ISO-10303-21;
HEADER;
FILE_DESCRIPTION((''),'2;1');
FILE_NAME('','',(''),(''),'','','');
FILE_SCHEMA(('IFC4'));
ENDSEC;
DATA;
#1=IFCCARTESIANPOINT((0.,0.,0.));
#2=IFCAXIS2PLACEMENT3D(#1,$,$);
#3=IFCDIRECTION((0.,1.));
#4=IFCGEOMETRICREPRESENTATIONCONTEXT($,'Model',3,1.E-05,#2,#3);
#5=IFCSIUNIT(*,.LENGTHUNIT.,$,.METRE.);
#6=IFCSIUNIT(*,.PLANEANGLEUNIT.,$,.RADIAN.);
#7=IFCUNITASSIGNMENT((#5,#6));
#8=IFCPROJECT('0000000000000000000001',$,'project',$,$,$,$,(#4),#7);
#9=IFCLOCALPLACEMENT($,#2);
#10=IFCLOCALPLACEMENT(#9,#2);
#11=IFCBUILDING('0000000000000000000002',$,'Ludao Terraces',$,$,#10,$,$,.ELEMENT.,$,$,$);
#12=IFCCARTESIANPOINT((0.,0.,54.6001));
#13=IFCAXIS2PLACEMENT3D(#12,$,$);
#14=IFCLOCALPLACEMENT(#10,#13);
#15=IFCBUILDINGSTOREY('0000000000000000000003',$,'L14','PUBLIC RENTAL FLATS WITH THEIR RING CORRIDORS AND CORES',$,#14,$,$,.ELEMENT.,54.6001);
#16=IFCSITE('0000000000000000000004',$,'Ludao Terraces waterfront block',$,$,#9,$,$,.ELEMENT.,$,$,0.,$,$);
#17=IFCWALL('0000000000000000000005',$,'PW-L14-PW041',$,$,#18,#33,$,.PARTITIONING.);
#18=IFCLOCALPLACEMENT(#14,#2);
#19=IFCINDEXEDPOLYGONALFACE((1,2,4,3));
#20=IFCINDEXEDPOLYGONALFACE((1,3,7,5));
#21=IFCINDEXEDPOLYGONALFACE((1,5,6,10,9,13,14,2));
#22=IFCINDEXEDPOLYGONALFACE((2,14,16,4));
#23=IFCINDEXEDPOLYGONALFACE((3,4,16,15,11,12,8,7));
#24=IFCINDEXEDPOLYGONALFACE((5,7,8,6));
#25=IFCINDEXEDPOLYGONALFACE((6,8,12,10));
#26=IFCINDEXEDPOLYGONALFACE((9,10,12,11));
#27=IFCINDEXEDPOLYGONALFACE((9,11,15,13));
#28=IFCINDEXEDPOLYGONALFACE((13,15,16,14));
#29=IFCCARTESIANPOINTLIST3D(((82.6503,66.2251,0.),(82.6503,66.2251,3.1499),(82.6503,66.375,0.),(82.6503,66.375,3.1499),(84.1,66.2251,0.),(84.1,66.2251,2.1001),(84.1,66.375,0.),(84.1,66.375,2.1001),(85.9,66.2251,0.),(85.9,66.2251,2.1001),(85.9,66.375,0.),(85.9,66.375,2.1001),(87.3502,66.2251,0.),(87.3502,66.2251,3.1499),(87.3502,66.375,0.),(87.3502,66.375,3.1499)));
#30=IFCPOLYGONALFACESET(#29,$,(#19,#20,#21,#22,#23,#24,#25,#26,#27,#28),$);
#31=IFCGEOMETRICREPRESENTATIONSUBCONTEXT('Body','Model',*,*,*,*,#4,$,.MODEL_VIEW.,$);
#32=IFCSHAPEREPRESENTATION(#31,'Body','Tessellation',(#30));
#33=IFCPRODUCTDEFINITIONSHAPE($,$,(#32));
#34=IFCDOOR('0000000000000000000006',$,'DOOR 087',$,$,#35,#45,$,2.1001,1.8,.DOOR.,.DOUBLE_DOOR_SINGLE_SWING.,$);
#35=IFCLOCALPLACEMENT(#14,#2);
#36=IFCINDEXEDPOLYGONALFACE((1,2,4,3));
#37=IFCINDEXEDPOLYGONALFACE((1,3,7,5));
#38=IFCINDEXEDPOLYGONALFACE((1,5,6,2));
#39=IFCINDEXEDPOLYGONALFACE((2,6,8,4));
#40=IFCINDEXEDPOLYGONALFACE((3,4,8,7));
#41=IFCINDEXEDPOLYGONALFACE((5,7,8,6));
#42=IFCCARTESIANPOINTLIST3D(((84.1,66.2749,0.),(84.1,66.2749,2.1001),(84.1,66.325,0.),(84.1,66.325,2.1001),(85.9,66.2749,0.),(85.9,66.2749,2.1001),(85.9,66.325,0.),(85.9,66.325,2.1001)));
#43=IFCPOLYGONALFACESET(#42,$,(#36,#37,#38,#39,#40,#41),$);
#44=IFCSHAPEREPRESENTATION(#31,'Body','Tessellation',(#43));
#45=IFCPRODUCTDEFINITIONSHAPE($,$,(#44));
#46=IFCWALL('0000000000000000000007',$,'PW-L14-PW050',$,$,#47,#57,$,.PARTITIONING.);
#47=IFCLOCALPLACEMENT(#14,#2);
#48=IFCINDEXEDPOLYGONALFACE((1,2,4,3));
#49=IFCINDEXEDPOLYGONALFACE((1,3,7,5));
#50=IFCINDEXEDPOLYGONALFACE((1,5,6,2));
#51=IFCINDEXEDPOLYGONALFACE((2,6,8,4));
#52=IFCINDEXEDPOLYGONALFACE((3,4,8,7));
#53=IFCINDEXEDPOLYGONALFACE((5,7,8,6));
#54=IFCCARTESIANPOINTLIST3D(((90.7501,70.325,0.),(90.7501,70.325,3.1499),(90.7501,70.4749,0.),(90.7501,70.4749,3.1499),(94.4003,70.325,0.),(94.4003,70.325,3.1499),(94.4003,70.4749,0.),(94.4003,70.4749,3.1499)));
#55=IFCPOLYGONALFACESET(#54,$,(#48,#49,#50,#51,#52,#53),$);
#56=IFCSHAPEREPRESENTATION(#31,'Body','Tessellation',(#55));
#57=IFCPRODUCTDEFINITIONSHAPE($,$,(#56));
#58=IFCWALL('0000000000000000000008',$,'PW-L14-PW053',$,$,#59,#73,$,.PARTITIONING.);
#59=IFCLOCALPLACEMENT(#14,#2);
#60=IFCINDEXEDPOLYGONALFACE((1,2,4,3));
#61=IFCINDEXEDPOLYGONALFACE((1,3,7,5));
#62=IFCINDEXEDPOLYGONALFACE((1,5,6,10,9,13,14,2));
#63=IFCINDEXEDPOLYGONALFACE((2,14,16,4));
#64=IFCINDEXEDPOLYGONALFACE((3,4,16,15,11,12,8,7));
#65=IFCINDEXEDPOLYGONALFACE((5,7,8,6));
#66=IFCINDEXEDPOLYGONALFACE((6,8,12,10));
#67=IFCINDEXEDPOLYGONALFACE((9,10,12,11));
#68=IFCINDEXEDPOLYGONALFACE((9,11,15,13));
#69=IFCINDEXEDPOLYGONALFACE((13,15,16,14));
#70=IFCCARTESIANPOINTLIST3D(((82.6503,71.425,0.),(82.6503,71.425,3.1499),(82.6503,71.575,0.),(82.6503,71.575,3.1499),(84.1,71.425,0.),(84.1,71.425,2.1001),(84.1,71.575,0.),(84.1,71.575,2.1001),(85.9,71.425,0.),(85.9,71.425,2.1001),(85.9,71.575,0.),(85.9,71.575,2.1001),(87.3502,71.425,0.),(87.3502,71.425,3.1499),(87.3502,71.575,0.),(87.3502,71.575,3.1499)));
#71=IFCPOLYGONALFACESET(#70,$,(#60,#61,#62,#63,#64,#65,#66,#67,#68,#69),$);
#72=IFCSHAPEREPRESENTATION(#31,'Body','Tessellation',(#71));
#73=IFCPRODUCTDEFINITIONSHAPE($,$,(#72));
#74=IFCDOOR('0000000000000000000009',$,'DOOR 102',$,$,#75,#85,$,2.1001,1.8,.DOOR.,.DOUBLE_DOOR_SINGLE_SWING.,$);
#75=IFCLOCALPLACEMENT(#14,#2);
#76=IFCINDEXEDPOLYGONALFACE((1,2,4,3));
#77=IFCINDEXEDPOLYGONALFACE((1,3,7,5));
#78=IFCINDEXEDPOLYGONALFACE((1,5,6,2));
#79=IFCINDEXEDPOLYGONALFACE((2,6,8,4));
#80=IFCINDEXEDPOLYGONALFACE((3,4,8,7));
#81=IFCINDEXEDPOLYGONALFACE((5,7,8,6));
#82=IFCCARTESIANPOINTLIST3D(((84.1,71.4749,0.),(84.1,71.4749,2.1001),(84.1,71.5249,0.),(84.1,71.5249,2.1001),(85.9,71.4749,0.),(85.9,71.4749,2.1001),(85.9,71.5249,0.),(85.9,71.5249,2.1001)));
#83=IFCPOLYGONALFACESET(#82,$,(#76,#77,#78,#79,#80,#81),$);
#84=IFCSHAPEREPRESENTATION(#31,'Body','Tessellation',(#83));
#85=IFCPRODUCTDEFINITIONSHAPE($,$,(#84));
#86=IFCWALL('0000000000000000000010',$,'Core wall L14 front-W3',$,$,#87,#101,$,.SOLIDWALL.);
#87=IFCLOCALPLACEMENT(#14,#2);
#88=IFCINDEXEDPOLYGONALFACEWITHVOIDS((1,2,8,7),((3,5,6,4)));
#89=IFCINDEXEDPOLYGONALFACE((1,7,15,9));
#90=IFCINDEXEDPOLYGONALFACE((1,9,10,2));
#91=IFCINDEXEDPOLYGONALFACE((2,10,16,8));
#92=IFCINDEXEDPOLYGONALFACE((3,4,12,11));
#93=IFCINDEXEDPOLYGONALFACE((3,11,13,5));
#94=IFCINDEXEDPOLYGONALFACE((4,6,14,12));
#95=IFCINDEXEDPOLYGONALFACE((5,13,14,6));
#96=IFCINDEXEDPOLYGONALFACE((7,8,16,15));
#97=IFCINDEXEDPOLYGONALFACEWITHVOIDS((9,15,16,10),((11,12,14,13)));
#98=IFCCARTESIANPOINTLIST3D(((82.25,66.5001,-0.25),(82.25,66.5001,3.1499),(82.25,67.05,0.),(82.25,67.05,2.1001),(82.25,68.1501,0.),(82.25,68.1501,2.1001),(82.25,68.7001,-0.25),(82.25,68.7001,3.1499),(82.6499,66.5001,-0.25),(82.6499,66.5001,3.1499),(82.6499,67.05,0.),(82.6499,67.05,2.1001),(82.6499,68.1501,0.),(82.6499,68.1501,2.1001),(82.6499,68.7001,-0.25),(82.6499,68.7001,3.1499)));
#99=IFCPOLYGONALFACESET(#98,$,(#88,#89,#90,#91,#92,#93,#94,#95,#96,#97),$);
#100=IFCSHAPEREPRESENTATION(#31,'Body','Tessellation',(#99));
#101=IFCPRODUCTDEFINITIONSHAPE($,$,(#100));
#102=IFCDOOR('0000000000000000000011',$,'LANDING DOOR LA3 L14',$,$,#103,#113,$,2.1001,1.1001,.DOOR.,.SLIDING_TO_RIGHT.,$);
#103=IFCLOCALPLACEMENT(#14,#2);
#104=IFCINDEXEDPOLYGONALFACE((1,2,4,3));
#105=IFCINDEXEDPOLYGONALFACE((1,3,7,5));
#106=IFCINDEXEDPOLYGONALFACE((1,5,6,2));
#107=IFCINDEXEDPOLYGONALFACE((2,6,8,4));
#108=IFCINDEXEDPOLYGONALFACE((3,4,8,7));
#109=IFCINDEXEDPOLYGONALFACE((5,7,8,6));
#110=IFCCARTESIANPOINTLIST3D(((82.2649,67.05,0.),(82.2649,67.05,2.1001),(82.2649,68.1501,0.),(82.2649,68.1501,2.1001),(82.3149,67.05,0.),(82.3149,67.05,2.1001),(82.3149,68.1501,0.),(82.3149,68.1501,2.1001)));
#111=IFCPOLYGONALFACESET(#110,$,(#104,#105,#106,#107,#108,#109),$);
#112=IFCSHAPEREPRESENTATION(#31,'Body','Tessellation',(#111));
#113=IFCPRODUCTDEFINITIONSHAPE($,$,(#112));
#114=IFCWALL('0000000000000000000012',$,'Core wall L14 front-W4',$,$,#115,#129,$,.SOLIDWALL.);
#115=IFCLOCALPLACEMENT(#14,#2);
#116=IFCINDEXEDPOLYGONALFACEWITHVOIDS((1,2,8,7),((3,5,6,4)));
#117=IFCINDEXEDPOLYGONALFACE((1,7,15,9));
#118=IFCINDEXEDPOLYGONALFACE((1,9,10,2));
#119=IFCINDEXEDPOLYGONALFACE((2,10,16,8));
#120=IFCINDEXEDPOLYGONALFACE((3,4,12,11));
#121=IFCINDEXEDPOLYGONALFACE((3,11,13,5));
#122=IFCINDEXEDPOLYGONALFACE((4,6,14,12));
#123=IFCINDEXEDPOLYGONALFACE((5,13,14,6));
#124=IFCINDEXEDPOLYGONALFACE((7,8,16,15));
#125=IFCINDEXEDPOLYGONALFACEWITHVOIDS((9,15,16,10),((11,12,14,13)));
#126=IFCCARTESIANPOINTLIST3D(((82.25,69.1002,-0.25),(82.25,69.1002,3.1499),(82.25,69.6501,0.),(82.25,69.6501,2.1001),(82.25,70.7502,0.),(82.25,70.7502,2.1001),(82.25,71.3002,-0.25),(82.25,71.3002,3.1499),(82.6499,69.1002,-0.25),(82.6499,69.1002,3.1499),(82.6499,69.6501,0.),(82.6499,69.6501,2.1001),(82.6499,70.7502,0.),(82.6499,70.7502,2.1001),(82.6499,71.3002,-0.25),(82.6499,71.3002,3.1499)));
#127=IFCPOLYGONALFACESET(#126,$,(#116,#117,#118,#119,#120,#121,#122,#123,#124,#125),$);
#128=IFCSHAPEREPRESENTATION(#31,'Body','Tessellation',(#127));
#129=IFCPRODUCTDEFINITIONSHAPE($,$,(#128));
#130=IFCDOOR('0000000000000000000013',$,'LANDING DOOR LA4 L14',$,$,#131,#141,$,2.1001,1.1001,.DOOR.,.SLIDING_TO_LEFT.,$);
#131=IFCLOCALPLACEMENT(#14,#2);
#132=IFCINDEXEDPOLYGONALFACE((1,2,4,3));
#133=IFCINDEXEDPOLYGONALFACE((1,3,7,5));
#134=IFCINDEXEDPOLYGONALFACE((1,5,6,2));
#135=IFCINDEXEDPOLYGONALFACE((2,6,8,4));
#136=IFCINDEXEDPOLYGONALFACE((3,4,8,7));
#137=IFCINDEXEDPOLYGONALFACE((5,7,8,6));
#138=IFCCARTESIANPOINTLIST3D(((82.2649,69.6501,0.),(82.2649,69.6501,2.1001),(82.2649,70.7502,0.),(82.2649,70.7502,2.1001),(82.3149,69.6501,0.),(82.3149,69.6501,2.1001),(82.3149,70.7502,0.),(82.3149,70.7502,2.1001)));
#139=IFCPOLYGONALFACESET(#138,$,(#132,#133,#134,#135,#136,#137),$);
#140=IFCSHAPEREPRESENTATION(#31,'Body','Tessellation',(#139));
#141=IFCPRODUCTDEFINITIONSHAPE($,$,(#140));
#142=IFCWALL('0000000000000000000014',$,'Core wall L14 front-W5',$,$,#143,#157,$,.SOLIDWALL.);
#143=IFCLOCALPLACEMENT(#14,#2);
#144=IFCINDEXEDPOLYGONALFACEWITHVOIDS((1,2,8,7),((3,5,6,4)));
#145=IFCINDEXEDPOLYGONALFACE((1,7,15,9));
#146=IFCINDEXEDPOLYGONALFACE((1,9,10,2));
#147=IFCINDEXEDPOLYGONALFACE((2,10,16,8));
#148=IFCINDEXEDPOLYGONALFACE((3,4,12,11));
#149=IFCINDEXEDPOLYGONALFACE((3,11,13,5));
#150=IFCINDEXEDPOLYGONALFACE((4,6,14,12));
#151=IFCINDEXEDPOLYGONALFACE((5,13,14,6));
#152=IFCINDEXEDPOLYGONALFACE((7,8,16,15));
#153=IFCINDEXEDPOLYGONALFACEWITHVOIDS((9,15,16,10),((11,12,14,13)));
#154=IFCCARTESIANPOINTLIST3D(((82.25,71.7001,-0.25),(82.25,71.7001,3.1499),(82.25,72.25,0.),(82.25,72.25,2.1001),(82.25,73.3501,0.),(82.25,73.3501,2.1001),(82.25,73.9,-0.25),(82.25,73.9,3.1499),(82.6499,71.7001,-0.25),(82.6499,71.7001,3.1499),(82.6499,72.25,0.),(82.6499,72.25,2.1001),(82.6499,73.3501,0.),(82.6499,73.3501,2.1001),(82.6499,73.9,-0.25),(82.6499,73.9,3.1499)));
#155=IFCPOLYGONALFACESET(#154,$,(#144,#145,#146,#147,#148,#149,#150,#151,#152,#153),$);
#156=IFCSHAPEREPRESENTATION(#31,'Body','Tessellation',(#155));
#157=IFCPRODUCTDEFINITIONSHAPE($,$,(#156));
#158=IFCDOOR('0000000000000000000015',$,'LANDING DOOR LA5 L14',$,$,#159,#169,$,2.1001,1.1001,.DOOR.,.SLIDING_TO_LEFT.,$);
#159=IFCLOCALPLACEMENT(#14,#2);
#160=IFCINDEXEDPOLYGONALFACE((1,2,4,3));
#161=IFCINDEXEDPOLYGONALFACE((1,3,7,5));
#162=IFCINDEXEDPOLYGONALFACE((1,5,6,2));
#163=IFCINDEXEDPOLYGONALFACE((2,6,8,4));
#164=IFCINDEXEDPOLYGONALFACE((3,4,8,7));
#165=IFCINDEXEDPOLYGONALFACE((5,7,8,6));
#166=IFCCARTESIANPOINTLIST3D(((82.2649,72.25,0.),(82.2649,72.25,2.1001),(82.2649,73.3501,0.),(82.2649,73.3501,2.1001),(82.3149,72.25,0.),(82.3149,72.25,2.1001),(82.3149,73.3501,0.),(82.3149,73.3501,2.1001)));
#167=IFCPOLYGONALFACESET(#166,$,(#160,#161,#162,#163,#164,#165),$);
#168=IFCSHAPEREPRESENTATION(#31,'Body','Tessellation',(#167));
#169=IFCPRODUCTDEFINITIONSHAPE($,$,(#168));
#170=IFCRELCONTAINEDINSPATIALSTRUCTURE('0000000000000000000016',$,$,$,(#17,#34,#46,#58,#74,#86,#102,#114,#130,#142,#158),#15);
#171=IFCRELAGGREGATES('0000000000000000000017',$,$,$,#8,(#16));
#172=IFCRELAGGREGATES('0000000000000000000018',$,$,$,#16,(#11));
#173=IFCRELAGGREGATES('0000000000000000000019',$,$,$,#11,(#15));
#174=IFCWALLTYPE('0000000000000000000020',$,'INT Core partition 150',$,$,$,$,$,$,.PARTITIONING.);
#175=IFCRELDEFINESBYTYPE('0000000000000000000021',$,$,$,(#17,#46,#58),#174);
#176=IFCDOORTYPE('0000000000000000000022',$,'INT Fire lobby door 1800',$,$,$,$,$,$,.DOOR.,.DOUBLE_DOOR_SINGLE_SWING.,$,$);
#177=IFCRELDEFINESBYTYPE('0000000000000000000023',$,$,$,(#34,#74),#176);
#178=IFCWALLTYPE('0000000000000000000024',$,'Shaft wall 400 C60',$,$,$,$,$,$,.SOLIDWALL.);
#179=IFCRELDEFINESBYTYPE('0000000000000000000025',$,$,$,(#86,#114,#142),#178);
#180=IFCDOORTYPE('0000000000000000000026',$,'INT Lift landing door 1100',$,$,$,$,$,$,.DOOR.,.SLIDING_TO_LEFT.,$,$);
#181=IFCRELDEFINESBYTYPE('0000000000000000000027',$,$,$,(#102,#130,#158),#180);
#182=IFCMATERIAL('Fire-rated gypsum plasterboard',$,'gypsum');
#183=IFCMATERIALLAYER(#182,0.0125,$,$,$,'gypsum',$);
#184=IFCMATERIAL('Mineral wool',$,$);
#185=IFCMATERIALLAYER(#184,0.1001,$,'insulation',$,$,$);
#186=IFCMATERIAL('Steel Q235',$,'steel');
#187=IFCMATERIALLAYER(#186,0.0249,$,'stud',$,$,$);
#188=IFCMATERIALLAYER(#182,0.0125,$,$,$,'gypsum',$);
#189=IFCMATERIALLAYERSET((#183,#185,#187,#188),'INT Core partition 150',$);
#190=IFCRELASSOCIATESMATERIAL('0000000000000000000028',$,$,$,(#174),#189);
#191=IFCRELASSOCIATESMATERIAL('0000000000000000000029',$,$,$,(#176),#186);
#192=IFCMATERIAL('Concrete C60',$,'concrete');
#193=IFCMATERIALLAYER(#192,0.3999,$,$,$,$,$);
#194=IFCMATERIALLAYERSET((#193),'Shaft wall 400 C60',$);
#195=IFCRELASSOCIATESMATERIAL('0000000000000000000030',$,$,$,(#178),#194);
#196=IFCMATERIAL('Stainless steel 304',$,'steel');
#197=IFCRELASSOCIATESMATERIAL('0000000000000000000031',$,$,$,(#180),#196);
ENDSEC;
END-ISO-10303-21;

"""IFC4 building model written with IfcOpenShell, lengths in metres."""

from ifc_helpers import new_model, si_unit, direction, frame, frame_2d, origin, place, context, subcontext, project, spatial, rectangle, extrude, material, layer, layer_set, type_object, element, fill, save


model = new_model("IFC4")

# Units and contexts
model_context = context("Model", 3, precision=1e-05, world=origin(), true_north=direction((0.0, 1.0)))
body_context = subcontext(model_context, "Body", "Model", "MODEL_VIEW")
ifc_project = project(units=[si_unit("LENGTHUNIT", "METRE"), si_unit("PLANEANGLEUNIT", "RADIAN")], contexts=[model_context])

# Site, building, storey
site_placement = place(None, origin())
site = spatial("IfcSite", under=ifc_project, at=site_placement, Name="Ludao Terraces waterfront block", CompositionType="ELEMENT", RefElevation=0.0)
building_placement = place(site_placement, origin())
building = spatial("IfcBuilding", under=site, at=building_placement, Name="Ludao Terraces", CompositionType="ELEMENT")
storey_placement = place(building_placement, frame((0.0, 0.0, 54.6001)))
storey = spatial("IfcBuildingStorey", under=building, at=storey_placement, Name="L14", Description="PUBLIC RENTAL FLATS WITH THEIR RING CORRIDORS AND CORES", CompositionType="ELEMENT", Elevation=54.6001)

# Wall, opening, door
ifc_material_1 = material(Name="Fire-rated gypsum plasterboard", Category="gypsum")
ifc_layer_1 = layer(ifc_material_1, 0.0125, Category="gypsum")
ifc_material_2 = material(Name="Mineral wool")
ifc_layer_2 = layer(ifc_material_2, 0.1001, Name="insulation")
ifc_material_3 = material(Name="Steel Q235", Category="steel")
ifc_layer_3 = layer(ifc_material_3, 0.0249, Name="stud")
ifc_layer_4 = layer(ifc_material_1, 0.0125, Category="gypsum")
ifc_layer_set_1 = layer_set([ifc_layer_1, ifc_layer_2, ifc_layer_3, ifc_layer_4], Name="INT Core partition 150")
wall_type_1 = type_object("IfcWallType", Name="INT Core partition 150", PredefinedType="PARTITIONING", material=ifc_layer_set_1)
wall_1_placement = place(storey_placement, frame((82.6501, 66.3, 0.0), z_axis=(0.0, 0.0, 1.0), x_axis=(1.0, 0.0, 0.0)))
wall_1 = element("IfcWall", 1, at=wall_1_placement, inside=storey, type_object=wall_type_1, Name="PW-L14-PW041", PredefinedType="PARTITIONING", context=body_context, shape_type="SweptSolid", body=[
    extrude(rectangle(XDim=4.7, YDim=0.1499, at=frame_2d((2.3501, 0.0))), origin(), (0.0, 0.0, 1.0), 3.1499),
])
opening_1_placement = place(wall_1_placement, frame((1.45, 0.0, 0.0)))
opening_1 = element("IfcOpeningElement", 2, at=opening_1_placement, cuts=wall_1, PredefinedType="OPENING", context=body_context, shape_type="SweptSolid", body=[
    extrude(rectangle(XDim=1.8, YDim=2.1001, at=frame_2d((0.8999, 1.05))), frame((0.0, 0.085, 0.0), z_axis=(0.0, -1.0, 0.0), x_axis=(1.0, 0.0, 0.0)), (0.0, 0.0, 1.0), 0.1699),
])
door_type_1 = type_object("IfcDoorType", Name="INT Fire lobby door 1800", OperationType="DOUBLE_DOOR_SINGLE_SWING", PredefinedType="DOOR", material=ifc_material_3)
door_1_placement = place(opening_1_placement, origin())
door_1 = element("IfcDoor", 3, at=door_1_placement, inside=storey, type_object=door_type_1, Name="DOOR 087", OperationType="DOUBLE_DOOR_SINGLE_SWING", OverallHeight=2.1001, OverallWidth=1.8, PredefinedType="DOOR", context=body_context, shape_type="SweptSolid", body=[
    extrude(rectangle(XDim=1.8, YDim=2.1001, at=frame_2d((0.8999, 1.05))), frame((0.0, 0.0249, 0.0), z_axis=(0.0, -1.0, 0.0), x_axis=(1.0, 0.0, 0.0)), (0.0, 0.0, 1.0), 0.05),
])
fill(opening_1, door_1)

# Wall
wall_2_placement = place(storey_placement, frame((90.75, 70.3999, 0.0), z_axis=(0.0, 0.0, 1.0), x_axis=(1.0, 0.0, 0.0)))
element("IfcWall", 4, at=wall_2_placement, inside=storey, type_object=wall_type_1, Name="PW-L14-PW050", PredefinedType="PARTITIONING", context=body_context, shape_type="SweptSolid", body=[
    extrude(rectangle(XDim=3.6501, YDim=0.1499, at=frame_2d((1.8252, 0.0))), origin(), (0.0, 0.0, 1.0), 3.1499),
])

# Walls, openings, doors
wall_3_placement = place(storey_placement, frame((82.6501, 71.5, 0.0), z_axis=(0.0, 0.0, 1.0), x_axis=(1.0, 0.0, 0.0)))
wall_3 = element("IfcWall", 5, at=wall_3_placement, inside=storey, type_object=wall_type_1, Name="PW-L14-PW053", PredefinedType="PARTITIONING", context=body_context, shape_type="SweptSolid", body=[
    extrude(rectangle(XDim=4.7, YDim=0.1499, at=frame_2d((2.3501, 0.0))), origin(), (0.0, 0.0, 1.0), 3.1499),
])
opening_2_placement = place(wall_3_placement, frame((1.45, 0.0, 0.0)))
opening_2 = element("IfcOpeningElement", 6, at=opening_2_placement, cuts=wall_3, PredefinedType="OPENING", context=body_context, shape_type="SweptSolid", body=[
    extrude(rectangle(XDim=1.8, YDim=2.1001, at=frame_2d((0.8999, 1.05))), frame((0.0, 0.085, 0.0), z_axis=(0.0, -1.0, 0.0), x_axis=(1.0, 0.0, 0.0)), (0.0, 0.0, 1.0), 0.1699),
])
door_2_placement = place(opening_2_placement, origin())
door_2 = element("IfcDoor", 7, at=door_2_placement, inside=storey, type_object=door_type_1, Name="DOOR 102", OperationType="DOUBLE_DOOR_SINGLE_SWING", OverallHeight=2.1001, OverallWidth=1.8, PredefinedType="DOOR", context=body_context, shape_type="SweptSolid", body=[
    extrude(rectangle(XDim=1.8, YDim=2.1001, at=frame_2d((0.8999, 1.05))), frame((0.0, 0.0249, 0.0), z_axis=(0.0, -1.0, 0.0), x_axis=(1.0, 0.0, 0.0)), (0.0, 0.0, 1.0), 0.05),
])
fill(opening_2, door_2)
ifc_material_4 = material(Name="Concrete C60", Category="concrete")
ifc_layer_5 = layer(ifc_material_4, 0.3999)
ifc_layer_set_2 = layer_set([ifc_layer_5], Name="Shaft wall 400 C60")
wall_type_2 = type_object("IfcWallType", Name="Shaft wall 400 C60", PredefinedType="SOLIDWALL", material=ifc_layer_set_2)
wall_4_placement = place(storey_placement, frame((82.45, 66.5, -0.25), z_axis=(0.0, 0.0, 1.0), x_axis=(0.0, 1.0, 0.0)))
wall_4 = element("IfcWall", 8, at=wall_4_placement, inside=storey, type_object=wall_type_2, Name="Core wall L14 front-W3", PredefinedType="SOLIDWALL", context=body_context, shape_type="SweptSolid", body=[
    extrude(rectangle(XDim=2.2, YDim=0.3999, at=frame_2d((1.1001, 0.0))), origin(), (0.0, 0.0, 1.0), 3.3999),
])
opening_3_placement = place(wall_4_placement, frame((0.55, 0.0, 0.25)))
opening_3 = element("IfcOpeningElement", 9, at=opening_3_placement, cuts=wall_4, PredefinedType="OPENING", context=body_context, shape_type="SweptSolid", body=[
    extrude(rectangle(XDim=1.1001, YDim=2.1001, at=frame_2d((0.55, 1.05))), frame((0.0, 0.21, 0.0), z_axis=(0.0, -1.0, 0.0), x_axis=(1.0, 0.0, 0.0)), (0.0, 0.0, 1.0), 0.4199),
])
ifc_material_5 = material(Name="Stainless steel 304", Category="steel")
door_type_2 = type_object("IfcDoorType", Name="INT Lift landing door 1100", OperationType="SLIDING_TO_LEFT", PredefinedType="DOOR", material=ifc_material_5)
door_3_placement = place(opening_3_placement, origin())
door_3 = element("IfcDoor", 10, at=door_3_placement, inside=storey, type_object=door_type_2, Name="LANDING DOOR LA3 L14", OperationType="SLIDING_TO_RIGHT", OverallHeight=2.1001, OverallWidth=1.1001, PredefinedType="DOOR", context=body_context, shape_type="SweptSolid", body=[
    extrude(rectangle(XDim=1.1001, YDim=2.1001, at=frame_2d((0.55, 1.05))), frame((0.0, 0.1851, 0.0), z_axis=(0.0, -1.0, 0.0), x_axis=(1.0, 0.0, 0.0)), (0.0, 0.0, 1.0), 0.05),
])
fill(opening_3, door_3)
wall_5_placement = place(storey_placement, frame((82.45, 69.1001, -0.25), z_axis=(0.0, 0.0, 1.0), x_axis=(0.0, 1.0, 0.0)))
wall_5 = element("IfcWall", 11, at=wall_5_placement, inside=storey, type_object=wall_type_2, Name="Core wall L14 front-W4", PredefinedType="SOLIDWALL", context=body_context, shape_type="SweptSolid", body=[
    extrude(rectangle(XDim=2.2, YDim=0.3999, at=frame_2d((1.1001, 0.0))), origin(), (0.0, 0.0, 1.0), 3.3999),
])
opening_4_placement = place(wall_5_placement, frame((0.55, 0.0, 0.25)))
opening_4 = element("IfcOpeningElement", 12, at=opening_4_placement, cuts=wall_5, PredefinedType="OPENING", context=body_context, shape_type="SweptSolid", body=[
    extrude(rectangle(XDim=1.1001, YDim=2.1001, at=frame_2d((0.55, 1.05))), frame((0.0, 0.21, 0.0), z_axis=(0.0, -1.0, 0.0), x_axis=(1.0, 0.0, 0.0)), (0.0, 0.0, 1.0), 0.4199),
])
door_4_placement = place(opening_4_placement, origin())
door_4 = element("IfcDoor", 13, at=door_4_placement, inside=storey, type_object=door_type_2, Name="LANDING DOOR LA4 L14", OperationType="SLIDING_TO_LEFT", OverallHeight=2.1001, OverallWidth=1.1001, PredefinedType="DOOR", context=body_context, shape_type="SweptSolid", body=[
    extrude(rectangle(XDim=1.1001, YDim=2.1001, at=frame_2d((0.55, 1.05))), frame((0.0, 0.1851, 0.0), z_axis=(0.0, -1.0, 0.0), x_axis=(1.0, 0.0, 0.0)), (0.0, 0.0, 1.0), 0.05),
])
fill(opening_4, door_4)
wall_6_placement = place(storey_placement, frame((82.45, 71.7, -0.25), z_axis=(0.0, 0.0, 1.0), x_axis=(0.0, 1.0, 0.0)))
wall_6 = element("IfcWall", 14, at=wall_6_placement, inside=storey, type_object=wall_type_2, Name="Core wall L14 front-W5", PredefinedType="SOLIDWALL", context=body_context, shape_type="SweptSolid", body=[
    extrude(rectangle(XDim=2.2, YDim=0.3999, at=frame_2d((1.1001, 0.0))), origin(), (0.0, 0.0, 1.0), 3.3999),
])
opening_5_placement = place(wall_6_placement, frame((0.55, 0.0, 0.25)))
opening_5 = element("IfcOpeningElement", 15, at=opening_5_placement, cuts=wall_6, PredefinedType="OPENING", context=body_context, shape_type="SweptSolid", body=[
    extrude(rectangle(XDim=1.1001, YDim=2.1001, at=frame_2d((0.55, 1.05))), frame((0.0, 0.21, 0.0), z_axis=(0.0, -1.0, 0.0), x_axis=(1.0, 0.0, 0.0)), (0.0, 0.0, 1.0), 0.4199),
])
door_5_placement = place(opening_5_placement, origin())
door_5 = element("IfcDoor", 16, at=door_5_placement, inside=storey, type_object=door_type_2, Name="LANDING DOOR LA5 L14", OperationType="SLIDING_TO_LEFT", OverallHeight=2.1001, OverallWidth=1.1001, PredefinedType="DOOR", context=body_context, shape_type="SweptSolid", body=[
    extrude(rectangle(XDim=1.1001, YDim=2.1001, at=frame_2d((0.55, 1.05))), frame((0.0, 0.1851, 0.0), z_axis=(0.0, -1.0, 0.0), x_axis=(1.0, 0.0, 0.0)), (0.0, 0.0, 1.0), 0.05),
])
fill(opening_5, door_5)

save(model, "model.ifc")
